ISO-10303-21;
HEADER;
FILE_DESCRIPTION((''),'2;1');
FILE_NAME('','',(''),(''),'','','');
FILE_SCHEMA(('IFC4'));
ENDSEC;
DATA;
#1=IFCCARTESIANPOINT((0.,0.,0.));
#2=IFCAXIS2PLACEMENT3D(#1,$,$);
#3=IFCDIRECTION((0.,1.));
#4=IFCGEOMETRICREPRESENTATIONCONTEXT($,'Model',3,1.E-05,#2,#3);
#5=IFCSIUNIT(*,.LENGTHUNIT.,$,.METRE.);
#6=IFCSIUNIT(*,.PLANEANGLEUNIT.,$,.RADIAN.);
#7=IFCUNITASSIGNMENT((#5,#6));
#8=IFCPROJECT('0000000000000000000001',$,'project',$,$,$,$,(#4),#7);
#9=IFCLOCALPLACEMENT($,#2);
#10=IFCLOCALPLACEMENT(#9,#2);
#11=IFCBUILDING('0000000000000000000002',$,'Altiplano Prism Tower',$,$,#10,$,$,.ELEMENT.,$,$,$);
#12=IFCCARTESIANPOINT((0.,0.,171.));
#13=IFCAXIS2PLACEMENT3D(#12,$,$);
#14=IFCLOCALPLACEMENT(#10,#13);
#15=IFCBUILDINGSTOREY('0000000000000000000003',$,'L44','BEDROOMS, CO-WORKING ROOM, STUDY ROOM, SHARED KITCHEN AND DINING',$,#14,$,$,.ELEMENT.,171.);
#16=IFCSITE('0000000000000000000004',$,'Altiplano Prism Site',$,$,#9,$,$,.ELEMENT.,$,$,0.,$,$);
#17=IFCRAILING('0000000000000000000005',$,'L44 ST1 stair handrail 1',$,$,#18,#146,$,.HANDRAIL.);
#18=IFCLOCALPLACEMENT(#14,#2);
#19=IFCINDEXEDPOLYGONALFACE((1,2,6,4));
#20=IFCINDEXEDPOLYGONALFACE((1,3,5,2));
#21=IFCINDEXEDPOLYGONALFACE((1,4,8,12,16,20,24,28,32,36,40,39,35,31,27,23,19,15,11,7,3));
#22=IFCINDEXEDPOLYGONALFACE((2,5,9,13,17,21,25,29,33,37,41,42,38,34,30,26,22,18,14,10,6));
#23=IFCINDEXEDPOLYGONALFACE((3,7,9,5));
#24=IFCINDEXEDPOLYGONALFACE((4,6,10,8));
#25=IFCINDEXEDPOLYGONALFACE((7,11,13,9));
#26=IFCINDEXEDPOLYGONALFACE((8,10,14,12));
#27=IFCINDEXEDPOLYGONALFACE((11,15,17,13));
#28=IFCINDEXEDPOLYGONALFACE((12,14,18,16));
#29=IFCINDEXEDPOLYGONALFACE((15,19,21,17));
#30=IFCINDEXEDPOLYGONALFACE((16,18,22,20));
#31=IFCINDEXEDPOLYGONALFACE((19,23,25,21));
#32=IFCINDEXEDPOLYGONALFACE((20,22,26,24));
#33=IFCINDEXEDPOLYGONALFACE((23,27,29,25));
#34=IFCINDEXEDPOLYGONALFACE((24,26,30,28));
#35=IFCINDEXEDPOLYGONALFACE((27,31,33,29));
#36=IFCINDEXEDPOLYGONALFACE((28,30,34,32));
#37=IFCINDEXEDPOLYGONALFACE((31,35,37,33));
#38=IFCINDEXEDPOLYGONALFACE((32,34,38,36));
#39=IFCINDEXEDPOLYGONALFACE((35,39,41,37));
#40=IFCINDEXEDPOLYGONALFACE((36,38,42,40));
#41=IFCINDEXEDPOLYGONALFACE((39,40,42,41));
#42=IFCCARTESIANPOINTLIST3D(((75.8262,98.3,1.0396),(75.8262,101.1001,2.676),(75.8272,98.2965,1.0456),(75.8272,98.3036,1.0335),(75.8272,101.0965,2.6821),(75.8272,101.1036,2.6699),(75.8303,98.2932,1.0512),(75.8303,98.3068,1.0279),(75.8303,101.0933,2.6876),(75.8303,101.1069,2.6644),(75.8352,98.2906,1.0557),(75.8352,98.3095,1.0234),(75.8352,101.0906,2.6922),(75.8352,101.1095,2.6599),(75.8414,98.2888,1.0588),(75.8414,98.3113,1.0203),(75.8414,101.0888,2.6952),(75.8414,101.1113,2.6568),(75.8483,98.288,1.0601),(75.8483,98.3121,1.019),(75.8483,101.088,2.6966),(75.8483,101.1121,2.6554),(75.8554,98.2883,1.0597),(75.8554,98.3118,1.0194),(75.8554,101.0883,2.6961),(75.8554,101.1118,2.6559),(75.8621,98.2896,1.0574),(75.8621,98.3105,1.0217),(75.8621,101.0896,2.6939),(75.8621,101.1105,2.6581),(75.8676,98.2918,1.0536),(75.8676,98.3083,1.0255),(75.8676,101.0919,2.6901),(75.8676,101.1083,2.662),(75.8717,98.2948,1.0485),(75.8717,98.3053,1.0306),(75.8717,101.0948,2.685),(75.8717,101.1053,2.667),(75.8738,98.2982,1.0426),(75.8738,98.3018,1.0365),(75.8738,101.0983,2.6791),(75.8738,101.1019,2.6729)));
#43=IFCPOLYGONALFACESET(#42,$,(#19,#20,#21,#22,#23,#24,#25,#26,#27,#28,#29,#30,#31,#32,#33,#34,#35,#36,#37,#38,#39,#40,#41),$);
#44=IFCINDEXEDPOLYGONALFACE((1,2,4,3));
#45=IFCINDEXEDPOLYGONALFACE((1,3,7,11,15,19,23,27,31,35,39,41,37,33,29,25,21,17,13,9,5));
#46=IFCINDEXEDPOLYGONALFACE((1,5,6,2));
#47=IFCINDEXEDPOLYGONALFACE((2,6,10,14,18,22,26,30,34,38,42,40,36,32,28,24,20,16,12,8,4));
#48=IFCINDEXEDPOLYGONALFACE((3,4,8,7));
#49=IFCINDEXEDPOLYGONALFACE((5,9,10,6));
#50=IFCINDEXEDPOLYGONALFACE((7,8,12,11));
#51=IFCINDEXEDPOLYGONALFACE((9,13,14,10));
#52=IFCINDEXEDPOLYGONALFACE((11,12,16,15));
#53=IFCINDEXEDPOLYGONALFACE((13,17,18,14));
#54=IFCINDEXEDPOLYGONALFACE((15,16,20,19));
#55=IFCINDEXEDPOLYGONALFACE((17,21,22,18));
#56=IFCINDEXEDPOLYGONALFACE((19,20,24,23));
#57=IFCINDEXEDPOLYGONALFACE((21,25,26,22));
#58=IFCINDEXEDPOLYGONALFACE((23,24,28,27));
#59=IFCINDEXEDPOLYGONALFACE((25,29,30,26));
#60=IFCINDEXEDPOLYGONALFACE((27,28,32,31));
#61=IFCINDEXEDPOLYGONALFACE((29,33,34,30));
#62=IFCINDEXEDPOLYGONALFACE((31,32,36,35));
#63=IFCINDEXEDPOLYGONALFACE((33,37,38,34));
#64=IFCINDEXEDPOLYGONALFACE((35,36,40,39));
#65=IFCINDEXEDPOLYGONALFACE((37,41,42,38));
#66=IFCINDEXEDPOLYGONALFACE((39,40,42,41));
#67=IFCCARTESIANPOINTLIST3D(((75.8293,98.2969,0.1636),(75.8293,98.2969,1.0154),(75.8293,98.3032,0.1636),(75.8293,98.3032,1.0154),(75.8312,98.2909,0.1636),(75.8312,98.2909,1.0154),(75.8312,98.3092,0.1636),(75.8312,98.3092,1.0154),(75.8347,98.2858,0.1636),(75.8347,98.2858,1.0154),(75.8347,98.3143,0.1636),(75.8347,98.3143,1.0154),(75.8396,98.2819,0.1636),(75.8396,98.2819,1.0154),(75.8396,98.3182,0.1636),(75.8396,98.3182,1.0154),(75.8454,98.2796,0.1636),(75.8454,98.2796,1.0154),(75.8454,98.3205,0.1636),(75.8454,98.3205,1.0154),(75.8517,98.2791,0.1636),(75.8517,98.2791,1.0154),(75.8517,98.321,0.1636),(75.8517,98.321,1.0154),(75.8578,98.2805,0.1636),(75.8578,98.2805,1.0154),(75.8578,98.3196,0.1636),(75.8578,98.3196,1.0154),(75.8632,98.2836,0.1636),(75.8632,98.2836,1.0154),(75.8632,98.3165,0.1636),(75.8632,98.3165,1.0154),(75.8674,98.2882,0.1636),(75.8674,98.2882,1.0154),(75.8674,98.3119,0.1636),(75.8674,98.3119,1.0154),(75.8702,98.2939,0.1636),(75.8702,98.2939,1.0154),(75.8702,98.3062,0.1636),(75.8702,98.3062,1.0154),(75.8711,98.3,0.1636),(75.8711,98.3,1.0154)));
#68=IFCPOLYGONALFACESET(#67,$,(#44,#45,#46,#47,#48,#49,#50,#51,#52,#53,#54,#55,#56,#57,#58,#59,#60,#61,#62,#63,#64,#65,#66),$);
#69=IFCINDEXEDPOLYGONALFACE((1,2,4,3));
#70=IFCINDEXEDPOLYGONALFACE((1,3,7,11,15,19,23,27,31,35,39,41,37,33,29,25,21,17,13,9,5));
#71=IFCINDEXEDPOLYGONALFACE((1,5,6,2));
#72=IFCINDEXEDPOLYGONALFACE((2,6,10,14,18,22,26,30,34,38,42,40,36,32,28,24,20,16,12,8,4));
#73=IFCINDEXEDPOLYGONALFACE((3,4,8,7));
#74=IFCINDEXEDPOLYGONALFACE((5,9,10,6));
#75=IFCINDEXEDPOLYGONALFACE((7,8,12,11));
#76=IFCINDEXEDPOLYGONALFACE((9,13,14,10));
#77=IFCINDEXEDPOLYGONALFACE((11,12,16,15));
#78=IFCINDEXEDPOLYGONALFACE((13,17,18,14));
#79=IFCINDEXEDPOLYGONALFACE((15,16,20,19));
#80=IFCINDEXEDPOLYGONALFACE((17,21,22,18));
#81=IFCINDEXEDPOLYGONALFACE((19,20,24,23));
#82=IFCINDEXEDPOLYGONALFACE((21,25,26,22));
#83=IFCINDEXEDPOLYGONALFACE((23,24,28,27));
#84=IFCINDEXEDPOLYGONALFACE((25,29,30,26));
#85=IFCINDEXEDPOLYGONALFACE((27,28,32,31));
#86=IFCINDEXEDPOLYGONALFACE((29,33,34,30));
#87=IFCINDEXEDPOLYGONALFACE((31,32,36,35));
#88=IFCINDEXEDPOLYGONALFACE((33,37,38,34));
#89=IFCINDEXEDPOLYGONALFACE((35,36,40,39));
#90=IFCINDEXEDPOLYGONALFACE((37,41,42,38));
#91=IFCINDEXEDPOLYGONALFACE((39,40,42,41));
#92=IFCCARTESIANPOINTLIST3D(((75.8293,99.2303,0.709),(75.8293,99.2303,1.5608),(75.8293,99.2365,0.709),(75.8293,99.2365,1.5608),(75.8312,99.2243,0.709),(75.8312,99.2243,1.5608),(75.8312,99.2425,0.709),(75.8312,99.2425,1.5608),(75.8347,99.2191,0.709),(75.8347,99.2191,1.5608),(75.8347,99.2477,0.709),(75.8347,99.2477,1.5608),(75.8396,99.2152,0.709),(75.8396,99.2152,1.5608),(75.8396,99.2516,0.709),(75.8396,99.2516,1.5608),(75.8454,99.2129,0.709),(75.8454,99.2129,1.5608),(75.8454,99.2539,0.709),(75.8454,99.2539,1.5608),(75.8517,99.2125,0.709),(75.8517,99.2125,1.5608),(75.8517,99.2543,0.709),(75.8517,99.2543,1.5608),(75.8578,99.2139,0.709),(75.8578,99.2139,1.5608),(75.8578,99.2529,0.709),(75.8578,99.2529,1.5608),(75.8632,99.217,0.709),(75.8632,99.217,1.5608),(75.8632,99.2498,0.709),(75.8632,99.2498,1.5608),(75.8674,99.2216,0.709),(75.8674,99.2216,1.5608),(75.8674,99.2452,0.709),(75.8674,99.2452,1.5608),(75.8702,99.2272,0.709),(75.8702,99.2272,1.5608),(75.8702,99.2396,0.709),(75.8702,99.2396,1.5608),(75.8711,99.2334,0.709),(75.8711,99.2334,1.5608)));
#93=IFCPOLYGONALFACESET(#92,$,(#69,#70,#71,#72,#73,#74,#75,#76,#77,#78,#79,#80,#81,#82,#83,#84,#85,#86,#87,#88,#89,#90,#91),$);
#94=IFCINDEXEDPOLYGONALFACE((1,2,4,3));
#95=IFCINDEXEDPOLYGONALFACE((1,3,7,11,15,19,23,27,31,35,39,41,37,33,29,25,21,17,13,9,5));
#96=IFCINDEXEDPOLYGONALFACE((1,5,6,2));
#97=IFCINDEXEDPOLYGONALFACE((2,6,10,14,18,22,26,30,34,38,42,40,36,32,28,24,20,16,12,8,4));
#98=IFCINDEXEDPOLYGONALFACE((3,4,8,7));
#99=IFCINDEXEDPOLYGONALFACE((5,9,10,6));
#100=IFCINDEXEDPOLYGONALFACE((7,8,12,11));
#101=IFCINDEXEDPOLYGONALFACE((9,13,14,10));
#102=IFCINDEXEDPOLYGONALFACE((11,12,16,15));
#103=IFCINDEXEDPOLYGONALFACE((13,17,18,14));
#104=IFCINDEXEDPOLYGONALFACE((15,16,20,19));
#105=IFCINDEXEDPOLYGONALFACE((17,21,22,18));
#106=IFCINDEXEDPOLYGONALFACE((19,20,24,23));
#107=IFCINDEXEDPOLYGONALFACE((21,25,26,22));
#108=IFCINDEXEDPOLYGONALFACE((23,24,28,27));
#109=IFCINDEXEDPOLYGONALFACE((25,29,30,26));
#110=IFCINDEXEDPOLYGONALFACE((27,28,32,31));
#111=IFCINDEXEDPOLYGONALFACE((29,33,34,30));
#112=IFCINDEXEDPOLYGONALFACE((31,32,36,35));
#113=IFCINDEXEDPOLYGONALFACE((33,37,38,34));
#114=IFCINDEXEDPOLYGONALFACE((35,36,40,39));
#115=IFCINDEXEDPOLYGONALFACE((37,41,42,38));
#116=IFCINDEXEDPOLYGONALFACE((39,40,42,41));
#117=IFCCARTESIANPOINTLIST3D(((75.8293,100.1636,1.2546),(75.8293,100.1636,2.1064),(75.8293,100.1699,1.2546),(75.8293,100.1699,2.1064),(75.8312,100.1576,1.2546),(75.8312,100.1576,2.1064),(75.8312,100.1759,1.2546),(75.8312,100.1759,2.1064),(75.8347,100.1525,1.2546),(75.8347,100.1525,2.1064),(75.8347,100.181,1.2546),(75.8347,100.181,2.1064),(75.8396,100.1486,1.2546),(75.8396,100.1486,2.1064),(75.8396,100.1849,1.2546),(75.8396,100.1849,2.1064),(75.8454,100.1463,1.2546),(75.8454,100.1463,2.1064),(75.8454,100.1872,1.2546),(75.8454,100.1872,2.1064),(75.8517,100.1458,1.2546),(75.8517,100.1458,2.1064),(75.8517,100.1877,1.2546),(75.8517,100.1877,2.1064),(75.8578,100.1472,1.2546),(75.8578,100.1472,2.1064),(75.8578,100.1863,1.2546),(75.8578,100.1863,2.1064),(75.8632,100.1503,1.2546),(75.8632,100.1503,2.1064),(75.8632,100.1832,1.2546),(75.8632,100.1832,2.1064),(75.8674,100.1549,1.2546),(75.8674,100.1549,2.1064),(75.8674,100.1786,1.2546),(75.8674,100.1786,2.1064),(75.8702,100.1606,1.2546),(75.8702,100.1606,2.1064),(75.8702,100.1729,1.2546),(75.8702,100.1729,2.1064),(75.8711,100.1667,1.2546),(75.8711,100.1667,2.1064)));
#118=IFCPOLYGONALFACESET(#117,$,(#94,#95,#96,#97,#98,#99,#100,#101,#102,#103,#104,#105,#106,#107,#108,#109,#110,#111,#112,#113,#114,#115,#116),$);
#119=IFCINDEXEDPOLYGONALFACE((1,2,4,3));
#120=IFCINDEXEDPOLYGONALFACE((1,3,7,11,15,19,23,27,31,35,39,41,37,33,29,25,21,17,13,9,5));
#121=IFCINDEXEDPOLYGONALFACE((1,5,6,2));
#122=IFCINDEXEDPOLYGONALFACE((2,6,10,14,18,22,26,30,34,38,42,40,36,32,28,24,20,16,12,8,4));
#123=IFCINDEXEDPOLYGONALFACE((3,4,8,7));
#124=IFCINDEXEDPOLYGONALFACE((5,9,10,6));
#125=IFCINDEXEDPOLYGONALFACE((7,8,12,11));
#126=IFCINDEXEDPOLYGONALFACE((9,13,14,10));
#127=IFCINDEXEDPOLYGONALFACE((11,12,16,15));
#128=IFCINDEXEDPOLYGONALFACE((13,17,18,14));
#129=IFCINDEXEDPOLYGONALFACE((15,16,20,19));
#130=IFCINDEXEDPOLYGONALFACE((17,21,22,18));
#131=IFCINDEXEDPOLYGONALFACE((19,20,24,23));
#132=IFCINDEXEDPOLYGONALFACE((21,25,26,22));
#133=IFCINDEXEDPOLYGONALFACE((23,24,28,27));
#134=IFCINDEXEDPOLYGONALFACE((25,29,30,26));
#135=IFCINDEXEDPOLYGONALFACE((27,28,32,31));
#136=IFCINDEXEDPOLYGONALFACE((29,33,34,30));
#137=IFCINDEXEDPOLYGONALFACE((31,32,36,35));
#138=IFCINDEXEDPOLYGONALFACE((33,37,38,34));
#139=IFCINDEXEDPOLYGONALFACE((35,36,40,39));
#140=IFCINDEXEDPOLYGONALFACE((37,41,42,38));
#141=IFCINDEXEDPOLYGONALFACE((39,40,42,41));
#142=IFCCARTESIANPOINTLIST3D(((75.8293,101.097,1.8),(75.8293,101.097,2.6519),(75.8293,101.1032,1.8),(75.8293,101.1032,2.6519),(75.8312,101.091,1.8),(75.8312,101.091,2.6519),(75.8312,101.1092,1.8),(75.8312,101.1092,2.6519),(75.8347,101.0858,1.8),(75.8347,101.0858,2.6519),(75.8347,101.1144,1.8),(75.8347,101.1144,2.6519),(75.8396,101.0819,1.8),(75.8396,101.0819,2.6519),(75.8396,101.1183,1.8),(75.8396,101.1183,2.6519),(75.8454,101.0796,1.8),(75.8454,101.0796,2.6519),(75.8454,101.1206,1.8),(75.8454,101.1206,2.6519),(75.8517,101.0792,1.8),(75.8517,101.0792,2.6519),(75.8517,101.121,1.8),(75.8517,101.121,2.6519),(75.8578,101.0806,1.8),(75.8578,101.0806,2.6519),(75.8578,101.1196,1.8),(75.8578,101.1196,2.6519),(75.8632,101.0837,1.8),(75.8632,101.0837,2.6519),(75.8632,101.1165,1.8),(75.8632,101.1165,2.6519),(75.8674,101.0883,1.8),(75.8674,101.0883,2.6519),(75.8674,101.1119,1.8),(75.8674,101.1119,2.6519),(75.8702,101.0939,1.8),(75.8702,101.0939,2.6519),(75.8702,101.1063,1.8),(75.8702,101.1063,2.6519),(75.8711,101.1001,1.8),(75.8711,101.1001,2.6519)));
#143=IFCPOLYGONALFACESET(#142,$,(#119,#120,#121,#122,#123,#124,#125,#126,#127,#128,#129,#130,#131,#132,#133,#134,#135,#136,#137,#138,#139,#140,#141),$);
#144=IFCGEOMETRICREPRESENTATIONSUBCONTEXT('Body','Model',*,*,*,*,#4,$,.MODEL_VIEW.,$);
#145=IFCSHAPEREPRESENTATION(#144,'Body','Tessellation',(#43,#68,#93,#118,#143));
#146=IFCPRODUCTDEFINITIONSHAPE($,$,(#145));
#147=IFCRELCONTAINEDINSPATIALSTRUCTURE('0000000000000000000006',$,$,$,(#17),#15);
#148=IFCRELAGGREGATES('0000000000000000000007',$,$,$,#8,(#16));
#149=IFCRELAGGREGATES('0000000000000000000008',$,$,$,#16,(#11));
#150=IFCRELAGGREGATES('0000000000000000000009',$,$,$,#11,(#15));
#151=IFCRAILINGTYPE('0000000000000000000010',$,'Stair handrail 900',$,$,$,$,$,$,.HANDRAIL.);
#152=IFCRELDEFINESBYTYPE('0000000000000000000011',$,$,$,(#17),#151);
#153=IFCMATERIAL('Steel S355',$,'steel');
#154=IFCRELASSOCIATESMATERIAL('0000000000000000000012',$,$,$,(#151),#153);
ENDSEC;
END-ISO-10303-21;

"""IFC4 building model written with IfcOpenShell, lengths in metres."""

from ifc_helpers import new_model, si_unit, direction, frame, origin, origin_2d, place, context, subcontext, project, spatial, circle, extrude, material, type_object, element, save


model = new_model("IFC4")

# Units and contexts
model_context = context("Model", 3, precision=1e-05, world=origin(), true_north=direction((0.0, 1.0)))
body_context = subcontext(model_context, "Body", "Model", "MODEL_VIEW")
ifc_project = project(units=[si_unit("LENGTHUNIT", "METRE"), si_unit("PLANEANGLEUNIT", "RADIAN")], contexts=[model_context])

# Site, building, storey
site_placement = place(None, origin())
site = spatial("IfcSite", under=ifc_project, at=site_placement, Name="Altiplano Prism Site", CompositionType="ELEMENT", RefElevation=0.0)
building_placement = place(site_placement, origin())
building = spatial("IfcBuilding", under=site, at=building_placement, Name="Altiplano Prism Tower", CompositionType="ELEMENT")
storey_placement = place(building_placement, frame((0.0, 0.0, 171.0)))
storey = spatial("IfcBuildingStorey", under=building, at=storey_placement, Name="L44", Description="BEDROOMS, CO-WORKING ROOM, STUDY ROOM, SHARED KITCHEN AND DINING", CompositionType="ELEMENT", Elevation=171.0)

# Railing
ifc_material_1 = material(Name="Steel S355", Category="steel")
railing_type_1 = type_object("IfcRailingType", Name="Stair handrail 900", PredefinedType="HANDRAIL", material=ifc_material_1)
railing_1_placement = place(storey_placement, frame((75.8501, 98.3, 0.1636)))
element("IfcRailing", 1, at=railing_1_placement, inside=storey, type_object=railing_type_1, Name="L44 ST1 stair handrail 1", PredefinedType="HANDRAIL", context=body_context, shape_type="SweptSolid", body=[
    extrude(circle(Radius=0.0239, at=origin_2d()), frame((0.0, 0.0, 0.876), z_axis=(0.0, 0.863361, 0.504587), x_axis=(-1.0, 0.0, 0.0)), (0.0, 0.0, 1.0), 3.2432),
    extrude(circle(Radius=0.021, at=origin_2d()), origin(), (0.0, 0.0, 1.0), 0.8518),
    extrude(circle(Radius=0.021, at=origin_2d()), frame((0.0, 0.9333, 0.5454)), (0.0, 0.0, 1.0), 0.8518),
    extrude(circle(Radius=0.021, at=origin_2d()), frame((0.0, 1.8667, 1.0911)), (0.0, 0.0, 1.0), 0.8518),
    extrude(circle(Radius=0.021, at=origin_2d()), frame((0.0, 2.8, 1.6365)), (0.0, 0.0, 1.0), 0.8518),
])

save(model, "model.ifc")
